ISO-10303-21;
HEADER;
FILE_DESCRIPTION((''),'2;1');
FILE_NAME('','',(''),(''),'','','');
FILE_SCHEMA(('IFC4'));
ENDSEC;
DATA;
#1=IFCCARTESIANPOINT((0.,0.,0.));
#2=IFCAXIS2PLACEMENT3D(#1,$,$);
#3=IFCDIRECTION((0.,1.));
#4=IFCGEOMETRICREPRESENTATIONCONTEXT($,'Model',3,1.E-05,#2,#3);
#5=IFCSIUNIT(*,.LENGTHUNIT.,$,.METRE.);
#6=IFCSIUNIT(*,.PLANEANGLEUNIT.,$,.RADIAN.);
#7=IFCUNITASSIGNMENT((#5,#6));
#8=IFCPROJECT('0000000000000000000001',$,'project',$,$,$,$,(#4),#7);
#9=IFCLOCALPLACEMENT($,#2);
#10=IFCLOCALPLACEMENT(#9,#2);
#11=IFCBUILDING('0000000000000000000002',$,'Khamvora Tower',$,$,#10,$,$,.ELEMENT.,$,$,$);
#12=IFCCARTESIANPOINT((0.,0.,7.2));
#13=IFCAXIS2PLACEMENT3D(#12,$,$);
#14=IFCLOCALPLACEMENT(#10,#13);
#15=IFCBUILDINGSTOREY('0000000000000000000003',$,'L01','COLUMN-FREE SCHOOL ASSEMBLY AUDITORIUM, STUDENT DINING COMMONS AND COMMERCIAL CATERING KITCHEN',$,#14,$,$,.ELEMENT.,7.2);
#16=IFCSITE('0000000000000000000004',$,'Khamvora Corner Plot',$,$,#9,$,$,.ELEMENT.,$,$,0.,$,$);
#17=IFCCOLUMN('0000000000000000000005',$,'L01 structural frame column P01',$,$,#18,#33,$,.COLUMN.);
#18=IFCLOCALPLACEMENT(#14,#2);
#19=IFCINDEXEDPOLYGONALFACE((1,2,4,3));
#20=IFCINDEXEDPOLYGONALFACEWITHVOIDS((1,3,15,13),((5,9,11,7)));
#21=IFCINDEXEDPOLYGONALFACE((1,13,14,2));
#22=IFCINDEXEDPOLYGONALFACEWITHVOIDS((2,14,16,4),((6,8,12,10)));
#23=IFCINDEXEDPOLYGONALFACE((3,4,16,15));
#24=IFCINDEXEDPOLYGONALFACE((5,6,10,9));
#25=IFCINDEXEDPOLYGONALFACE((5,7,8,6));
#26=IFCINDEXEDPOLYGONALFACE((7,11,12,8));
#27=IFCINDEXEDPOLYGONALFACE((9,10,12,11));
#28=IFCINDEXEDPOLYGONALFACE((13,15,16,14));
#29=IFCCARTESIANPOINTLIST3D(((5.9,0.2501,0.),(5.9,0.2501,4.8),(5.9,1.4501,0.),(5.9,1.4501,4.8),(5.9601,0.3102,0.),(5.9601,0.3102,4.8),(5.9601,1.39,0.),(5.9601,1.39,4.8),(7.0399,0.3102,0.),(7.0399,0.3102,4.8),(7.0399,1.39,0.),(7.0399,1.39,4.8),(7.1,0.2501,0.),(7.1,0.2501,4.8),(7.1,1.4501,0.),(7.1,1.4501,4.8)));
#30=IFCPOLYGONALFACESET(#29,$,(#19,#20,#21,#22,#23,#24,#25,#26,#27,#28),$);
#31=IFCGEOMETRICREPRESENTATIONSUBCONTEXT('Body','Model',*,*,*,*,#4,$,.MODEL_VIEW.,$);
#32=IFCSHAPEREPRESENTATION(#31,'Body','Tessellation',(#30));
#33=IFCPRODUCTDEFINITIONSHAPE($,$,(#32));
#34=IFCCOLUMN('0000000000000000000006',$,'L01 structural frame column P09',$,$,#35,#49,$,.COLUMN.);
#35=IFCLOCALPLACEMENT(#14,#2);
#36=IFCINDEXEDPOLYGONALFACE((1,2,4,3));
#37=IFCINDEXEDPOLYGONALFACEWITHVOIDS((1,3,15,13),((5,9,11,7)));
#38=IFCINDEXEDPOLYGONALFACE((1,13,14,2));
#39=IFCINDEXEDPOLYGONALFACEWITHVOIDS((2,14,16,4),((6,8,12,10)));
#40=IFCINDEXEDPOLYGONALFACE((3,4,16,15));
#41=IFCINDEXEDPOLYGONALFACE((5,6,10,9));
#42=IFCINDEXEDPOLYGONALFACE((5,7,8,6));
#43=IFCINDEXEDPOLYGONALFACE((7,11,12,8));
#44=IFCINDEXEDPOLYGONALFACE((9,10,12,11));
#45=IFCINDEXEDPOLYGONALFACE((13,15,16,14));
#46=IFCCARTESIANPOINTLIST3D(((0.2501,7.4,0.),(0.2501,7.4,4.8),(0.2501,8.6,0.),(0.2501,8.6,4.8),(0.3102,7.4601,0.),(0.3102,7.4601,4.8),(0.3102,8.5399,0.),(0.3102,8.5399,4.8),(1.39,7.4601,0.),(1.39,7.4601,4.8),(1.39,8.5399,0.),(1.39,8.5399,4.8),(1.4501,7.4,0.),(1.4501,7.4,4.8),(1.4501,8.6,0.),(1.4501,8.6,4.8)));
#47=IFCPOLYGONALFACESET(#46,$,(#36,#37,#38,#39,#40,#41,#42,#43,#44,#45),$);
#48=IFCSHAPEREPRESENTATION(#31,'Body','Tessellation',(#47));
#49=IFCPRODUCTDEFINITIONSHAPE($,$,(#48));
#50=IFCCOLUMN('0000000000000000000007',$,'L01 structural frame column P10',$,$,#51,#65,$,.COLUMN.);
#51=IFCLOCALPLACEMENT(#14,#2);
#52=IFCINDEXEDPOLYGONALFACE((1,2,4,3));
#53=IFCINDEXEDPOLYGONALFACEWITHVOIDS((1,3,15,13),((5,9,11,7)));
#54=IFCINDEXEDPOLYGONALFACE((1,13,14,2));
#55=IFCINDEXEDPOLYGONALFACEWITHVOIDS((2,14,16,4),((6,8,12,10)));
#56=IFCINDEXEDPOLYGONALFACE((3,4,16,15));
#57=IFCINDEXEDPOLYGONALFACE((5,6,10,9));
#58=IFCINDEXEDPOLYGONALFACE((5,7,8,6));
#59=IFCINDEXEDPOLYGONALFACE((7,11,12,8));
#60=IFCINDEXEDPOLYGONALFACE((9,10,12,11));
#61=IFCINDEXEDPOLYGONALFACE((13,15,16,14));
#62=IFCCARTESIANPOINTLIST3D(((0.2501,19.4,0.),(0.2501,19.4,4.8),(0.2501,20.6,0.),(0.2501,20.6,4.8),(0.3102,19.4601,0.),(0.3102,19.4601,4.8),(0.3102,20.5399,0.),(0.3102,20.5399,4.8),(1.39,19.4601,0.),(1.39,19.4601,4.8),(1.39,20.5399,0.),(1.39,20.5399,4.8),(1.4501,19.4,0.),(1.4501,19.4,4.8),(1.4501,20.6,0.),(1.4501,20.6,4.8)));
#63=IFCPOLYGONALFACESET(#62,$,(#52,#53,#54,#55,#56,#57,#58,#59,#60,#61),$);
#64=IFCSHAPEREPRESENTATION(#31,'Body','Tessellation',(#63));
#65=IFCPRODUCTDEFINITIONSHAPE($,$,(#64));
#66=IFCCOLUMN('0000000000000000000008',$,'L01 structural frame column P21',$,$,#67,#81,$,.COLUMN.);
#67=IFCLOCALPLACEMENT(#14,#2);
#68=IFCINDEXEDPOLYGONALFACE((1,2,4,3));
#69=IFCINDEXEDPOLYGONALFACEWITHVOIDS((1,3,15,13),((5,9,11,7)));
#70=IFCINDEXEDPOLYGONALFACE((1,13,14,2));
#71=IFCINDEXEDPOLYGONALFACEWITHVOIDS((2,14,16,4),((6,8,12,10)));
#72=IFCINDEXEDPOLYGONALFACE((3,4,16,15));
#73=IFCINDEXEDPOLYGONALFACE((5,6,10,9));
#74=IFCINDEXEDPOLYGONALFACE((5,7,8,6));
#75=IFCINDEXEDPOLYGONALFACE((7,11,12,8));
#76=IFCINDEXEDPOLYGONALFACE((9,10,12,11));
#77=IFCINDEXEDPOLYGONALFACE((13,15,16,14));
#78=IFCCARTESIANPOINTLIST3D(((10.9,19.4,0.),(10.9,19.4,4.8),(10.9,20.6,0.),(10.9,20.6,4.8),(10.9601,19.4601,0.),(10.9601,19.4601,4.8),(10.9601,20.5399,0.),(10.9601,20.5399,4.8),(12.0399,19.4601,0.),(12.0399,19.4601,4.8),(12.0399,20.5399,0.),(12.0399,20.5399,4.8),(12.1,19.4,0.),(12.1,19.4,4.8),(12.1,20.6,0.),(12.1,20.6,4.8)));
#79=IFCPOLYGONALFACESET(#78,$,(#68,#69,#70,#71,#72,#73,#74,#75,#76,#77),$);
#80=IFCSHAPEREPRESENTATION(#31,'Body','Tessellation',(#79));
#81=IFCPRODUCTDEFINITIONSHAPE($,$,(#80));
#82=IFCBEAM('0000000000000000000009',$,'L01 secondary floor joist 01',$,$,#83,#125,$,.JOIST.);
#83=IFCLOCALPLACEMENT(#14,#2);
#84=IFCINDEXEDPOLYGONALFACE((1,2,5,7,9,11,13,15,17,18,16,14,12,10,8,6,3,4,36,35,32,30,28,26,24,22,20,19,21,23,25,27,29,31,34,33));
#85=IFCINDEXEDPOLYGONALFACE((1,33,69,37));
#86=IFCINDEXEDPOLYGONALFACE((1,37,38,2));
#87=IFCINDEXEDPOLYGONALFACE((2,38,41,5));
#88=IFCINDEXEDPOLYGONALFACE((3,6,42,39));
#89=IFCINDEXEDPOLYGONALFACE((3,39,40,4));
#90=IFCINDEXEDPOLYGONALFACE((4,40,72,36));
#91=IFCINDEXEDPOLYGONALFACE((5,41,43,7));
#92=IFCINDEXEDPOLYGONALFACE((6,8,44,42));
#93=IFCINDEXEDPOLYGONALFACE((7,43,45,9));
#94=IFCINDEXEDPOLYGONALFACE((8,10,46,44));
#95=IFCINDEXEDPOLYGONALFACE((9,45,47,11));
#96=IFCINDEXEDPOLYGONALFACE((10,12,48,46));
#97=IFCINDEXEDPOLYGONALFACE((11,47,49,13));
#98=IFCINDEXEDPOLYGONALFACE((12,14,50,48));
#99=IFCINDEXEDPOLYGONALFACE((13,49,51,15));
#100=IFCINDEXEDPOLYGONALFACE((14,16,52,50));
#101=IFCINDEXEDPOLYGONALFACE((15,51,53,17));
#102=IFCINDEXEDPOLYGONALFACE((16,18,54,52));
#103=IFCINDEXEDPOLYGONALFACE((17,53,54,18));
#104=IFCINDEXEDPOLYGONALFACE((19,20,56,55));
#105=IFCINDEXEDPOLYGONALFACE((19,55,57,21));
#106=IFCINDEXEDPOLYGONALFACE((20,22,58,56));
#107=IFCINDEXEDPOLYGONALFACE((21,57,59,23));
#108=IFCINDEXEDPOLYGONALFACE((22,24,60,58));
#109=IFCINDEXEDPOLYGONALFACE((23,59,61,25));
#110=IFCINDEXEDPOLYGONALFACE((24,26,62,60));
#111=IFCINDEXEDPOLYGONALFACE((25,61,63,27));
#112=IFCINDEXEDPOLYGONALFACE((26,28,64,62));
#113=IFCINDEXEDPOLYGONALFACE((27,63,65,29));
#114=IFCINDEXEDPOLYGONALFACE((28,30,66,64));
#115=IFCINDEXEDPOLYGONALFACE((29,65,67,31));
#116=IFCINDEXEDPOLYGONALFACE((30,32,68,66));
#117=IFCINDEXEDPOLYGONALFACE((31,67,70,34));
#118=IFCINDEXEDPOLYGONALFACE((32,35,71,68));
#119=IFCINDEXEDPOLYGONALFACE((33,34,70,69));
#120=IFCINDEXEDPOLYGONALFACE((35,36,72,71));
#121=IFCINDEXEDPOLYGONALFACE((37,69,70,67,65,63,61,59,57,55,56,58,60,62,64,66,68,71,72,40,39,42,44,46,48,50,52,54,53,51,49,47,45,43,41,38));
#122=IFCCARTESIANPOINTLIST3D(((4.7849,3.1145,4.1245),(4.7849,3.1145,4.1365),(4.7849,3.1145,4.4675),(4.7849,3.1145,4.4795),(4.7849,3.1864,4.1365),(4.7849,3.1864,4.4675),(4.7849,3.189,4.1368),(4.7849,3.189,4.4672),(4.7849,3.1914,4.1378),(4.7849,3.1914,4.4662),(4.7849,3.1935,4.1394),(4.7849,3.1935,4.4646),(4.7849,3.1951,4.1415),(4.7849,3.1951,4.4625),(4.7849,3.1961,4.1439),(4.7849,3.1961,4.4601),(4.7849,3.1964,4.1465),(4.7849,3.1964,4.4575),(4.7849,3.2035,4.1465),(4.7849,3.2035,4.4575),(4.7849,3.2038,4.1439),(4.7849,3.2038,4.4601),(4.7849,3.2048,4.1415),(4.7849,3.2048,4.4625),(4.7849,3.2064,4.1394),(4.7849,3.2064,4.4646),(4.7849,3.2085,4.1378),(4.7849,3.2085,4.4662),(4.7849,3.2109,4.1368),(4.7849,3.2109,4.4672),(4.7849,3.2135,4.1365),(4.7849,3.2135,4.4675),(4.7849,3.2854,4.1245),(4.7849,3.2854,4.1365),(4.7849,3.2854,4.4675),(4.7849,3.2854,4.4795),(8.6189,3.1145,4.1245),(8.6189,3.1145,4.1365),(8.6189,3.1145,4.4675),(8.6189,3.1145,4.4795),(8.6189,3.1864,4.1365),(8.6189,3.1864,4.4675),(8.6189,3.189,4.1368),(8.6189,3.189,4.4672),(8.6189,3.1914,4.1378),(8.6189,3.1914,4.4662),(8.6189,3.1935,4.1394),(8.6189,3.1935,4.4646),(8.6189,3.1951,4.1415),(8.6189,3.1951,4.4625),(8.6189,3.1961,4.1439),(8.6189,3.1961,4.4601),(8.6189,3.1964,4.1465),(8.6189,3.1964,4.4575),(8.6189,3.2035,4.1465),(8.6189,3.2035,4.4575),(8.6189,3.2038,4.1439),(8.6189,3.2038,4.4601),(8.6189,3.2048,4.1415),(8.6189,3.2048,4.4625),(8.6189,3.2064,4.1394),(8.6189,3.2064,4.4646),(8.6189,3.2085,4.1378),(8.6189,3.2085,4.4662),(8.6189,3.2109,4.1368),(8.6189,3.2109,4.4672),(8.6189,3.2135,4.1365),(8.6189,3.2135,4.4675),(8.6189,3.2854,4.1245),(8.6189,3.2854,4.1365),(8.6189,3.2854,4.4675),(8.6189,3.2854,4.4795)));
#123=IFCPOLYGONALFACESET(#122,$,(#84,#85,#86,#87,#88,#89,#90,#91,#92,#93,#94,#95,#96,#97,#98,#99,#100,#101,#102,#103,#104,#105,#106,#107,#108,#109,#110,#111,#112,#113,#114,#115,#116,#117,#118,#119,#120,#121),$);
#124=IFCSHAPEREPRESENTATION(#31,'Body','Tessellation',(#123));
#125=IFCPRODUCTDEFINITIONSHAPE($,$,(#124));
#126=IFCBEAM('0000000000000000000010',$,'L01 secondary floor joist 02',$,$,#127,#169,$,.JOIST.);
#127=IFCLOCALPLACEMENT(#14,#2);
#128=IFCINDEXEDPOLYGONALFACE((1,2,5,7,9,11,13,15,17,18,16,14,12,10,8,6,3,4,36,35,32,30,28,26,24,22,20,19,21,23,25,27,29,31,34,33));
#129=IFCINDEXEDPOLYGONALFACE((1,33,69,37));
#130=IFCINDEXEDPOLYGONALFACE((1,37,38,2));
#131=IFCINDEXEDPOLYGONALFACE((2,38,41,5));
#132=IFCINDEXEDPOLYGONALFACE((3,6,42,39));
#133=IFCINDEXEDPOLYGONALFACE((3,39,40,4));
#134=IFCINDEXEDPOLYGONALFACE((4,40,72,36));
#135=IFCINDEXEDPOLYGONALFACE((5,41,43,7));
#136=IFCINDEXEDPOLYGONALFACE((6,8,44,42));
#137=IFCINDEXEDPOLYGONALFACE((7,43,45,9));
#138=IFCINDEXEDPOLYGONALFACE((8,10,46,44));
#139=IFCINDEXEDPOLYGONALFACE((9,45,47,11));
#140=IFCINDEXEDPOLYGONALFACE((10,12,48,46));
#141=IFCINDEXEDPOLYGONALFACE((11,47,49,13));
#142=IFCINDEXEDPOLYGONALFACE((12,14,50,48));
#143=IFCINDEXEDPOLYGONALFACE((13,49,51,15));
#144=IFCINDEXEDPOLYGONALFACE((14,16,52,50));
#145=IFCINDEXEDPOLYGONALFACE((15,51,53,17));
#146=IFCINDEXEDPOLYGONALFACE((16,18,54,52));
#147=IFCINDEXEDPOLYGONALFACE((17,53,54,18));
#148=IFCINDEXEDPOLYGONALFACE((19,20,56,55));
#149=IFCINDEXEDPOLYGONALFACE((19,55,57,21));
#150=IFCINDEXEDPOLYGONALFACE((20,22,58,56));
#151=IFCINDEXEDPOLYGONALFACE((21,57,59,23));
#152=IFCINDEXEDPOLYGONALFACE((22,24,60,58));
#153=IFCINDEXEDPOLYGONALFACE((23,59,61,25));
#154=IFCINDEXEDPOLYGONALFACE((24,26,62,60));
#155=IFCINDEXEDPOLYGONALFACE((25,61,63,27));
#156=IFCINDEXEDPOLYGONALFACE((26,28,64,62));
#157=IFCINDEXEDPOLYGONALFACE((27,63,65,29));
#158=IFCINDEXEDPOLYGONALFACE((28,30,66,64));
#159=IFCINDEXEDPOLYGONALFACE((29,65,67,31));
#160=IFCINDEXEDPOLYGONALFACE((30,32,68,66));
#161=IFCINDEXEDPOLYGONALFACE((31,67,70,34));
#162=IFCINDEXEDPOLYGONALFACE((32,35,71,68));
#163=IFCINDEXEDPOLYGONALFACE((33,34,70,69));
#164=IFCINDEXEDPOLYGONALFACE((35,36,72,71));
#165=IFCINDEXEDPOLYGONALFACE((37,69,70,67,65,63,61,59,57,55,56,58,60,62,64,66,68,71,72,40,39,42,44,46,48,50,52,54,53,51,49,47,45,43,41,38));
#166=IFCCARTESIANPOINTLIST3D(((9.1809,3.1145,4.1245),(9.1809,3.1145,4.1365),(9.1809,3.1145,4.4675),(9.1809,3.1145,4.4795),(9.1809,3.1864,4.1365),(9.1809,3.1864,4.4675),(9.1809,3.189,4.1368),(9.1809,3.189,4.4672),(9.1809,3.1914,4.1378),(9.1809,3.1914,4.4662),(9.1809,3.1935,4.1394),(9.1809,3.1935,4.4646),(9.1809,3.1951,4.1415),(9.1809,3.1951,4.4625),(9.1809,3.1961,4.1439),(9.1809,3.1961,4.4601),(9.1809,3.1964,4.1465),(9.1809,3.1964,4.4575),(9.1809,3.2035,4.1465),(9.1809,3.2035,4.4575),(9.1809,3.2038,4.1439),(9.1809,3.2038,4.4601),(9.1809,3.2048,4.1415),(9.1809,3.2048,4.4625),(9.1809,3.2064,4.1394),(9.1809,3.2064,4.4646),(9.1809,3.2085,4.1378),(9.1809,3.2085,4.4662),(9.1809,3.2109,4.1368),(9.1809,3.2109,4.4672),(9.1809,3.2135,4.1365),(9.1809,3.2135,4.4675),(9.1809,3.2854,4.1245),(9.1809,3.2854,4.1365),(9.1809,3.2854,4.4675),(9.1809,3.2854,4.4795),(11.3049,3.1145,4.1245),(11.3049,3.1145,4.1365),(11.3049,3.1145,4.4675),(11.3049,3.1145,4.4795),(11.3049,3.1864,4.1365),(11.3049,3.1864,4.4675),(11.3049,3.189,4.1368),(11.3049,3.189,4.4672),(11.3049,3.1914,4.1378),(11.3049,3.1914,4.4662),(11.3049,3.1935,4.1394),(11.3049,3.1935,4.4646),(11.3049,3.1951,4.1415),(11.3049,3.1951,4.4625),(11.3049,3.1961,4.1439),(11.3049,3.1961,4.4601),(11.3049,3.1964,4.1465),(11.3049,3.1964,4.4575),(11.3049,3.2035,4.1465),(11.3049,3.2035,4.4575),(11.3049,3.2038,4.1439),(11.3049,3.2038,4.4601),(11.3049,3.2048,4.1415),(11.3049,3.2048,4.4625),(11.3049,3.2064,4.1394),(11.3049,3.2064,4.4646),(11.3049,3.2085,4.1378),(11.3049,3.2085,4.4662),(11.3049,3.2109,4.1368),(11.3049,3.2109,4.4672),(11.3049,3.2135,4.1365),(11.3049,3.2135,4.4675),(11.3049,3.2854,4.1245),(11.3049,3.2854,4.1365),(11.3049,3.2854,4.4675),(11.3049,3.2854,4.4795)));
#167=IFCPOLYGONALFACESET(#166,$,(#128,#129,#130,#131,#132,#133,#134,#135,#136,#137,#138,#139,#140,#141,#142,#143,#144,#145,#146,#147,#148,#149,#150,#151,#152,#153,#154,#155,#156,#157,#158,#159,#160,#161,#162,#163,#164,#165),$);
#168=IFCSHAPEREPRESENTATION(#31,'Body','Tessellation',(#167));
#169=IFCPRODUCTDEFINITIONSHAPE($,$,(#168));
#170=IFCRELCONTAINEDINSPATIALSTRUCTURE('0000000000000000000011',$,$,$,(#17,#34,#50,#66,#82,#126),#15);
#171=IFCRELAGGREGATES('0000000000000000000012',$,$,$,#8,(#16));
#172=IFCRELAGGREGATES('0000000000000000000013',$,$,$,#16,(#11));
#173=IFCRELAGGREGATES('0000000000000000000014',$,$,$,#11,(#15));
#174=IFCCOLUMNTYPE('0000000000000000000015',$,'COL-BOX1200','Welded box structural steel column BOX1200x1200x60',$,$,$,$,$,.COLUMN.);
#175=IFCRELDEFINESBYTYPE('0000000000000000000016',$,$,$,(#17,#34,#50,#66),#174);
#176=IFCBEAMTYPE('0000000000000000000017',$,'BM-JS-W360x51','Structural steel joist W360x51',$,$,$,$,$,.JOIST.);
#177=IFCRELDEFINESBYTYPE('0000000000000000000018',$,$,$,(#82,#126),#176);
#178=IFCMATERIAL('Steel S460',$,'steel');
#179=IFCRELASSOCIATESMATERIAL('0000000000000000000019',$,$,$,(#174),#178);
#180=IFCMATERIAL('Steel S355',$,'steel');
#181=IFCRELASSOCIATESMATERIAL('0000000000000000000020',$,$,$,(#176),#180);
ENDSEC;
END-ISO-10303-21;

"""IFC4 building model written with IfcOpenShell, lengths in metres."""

from ifc_helpers import new_model, si_unit, direction, frame, origin, origin_2d, place, context, subcontext, project, spatial, hollow_rectangle, i_section, extrude, material, material_profile, profile_set, type_object, element, save


model = new_model("IFC4")

# Units and contexts
model_context = context("Model", 3, precision=1e-05, world=origin(), true_north=direction((0.0, 1.0)))
body_context = subcontext(model_context, "Body", "Model", "MODEL_VIEW")
ifc_project = project(units=[si_unit("LENGTHUNIT", "METRE"), si_unit("PLANEANGLEUNIT", "RADIAN")], contexts=[model_context])

# Site, building, storey
site_placement = place(None, origin())
site = spatial("IfcSite", under=ifc_project, at=site_placement, Name="Khamvora Corner Plot", CompositionType="ELEMENT", RefElevation=0.0)
building_placement = place(site_placement, origin())
building = spatial("IfcBuilding", under=site, at=building_placement, Name="Khamvora Tower", CompositionType="ELEMENT")
storey_placement = place(building_placement, frame((0.0, 0.0, 7.2)))
storey = spatial("IfcBuildingStorey", under=building, at=storey_placement, Name="L01", Description="COLUMN-FREE SCHOOL ASSEMBLY AUDITORIUM, STUDENT DINING COMMONS AND COMMERCIAL CATERING KITCHEN", CompositionType="ELEMENT", Elevation=7.2)

# Columns
ifc_material_1 = material(Name="Steel S460", Category="steel")
ifc_material_profile_1 = material_profile(ifc_material_1, hollow_rectangle(XDim=1.2, YDim=1.2, WallThickness=0.0601, at=origin_2d()), Name="BOX1200x1200x60")
ifc_profile_set_1 = profile_set([ifc_material_profile_1], Name="Steel S460")
column_type = type_object("IfcColumnType", Name="COL-BOX1200", Description="Welded box structural steel column BOX1200x1200x60", PredefinedType="COLUMN", material=ifc_profile_set_1)
for number, where, z_axis, x_axis, name in (
    (1, (6.5, 0.8501, 0.0), (0.0, 0.0, 1.0), (1.0, 0.0, 0.0), "L01 structural frame column P01"),
    (2, (0.8501, 8.0, 0.0), (0.0, 0.0, 1.0), (1.0, 0.0, 0.0), "L01 structural frame column P09"),
    (3, (0.8501, 20.0, 0.0), (0.0, 0.0, 1.0), (1.0, 0.0, 0.0), "L01 structural frame column P10"),
    (4, (11.5, 20.0, 0.0), (0.0, 0.0, 1.0), (1.0, 0.0, 0.0), "L01 structural frame column P21"),
):
    element("IfcColumn", number, at=place(storey_placement, frame(where, z_axis=z_axis, x_axis=x_axis)), inside=storey, type_object=column_type, Name=name, PredefinedType="COLUMN", context=body_context, shape_type="SweptSolid", body=[
        extrude(hollow_rectangle(XDim=1.2, YDim=1.2, WallThickness=0.0601, at=origin_2d()), origin(), (0.0, 0.0, 1.0), 4.8),
    ])

# Beams
ifc_material_2 = material(Name="Steel S355", Category="steel")
ifc_material_profile_2 = material_profile(ifc_material_2, i_section(OverallWidth=0.1709, OverallDepth=0.355, WebThickness=0.0071, FlangeThickness=0.012, FilletRadius=0.01, at=origin_2d()), Name="W360x51")
ifc_profile_set_2 = profile_set([ifc_material_profile_2], Name="Steel S355")
beam_type_1 = type_object("IfcBeamType", Name="BM-JS-W360x51", Description="Structural steel joist W360x51", PredefinedType="JOIST", material=ifc_profile_set_2)
beam_1_placement = place(storey_placement, frame((4.7849, 3.2, 4.302), z_axis=(1.0, 0.0, 0.0), x_axis=(0.0, 1.0, 0.0)))
element("IfcBeam", 5, at=beam_1_placement, inside=storey, type_object=beam_type_1, Name="L01 secondary floor joist 01", PredefinedType="JOIST", context=body_context, shape_type="SweptSolid", body=[
    extrude(i_section(OverallWidth=0.1709, OverallDepth=0.355, WebThickness=0.0071, FlangeThickness=0.012, FilletRadius=0.01, at=origin_2d()), origin(), (0.0, 0.0, 1.0), 3.834),
])
beam_2_placement = place(storey_placement, frame((9.1809, 3.2, 4.302), z_axis=(1.0, 0.0, 0.0), x_axis=(0.0, 1.0, 0.0)))
element("IfcBeam", 6, at=beam_2_placement, inside=storey, type_object=beam_type_1, Name="L01 secondary floor joist 02", PredefinedType="JOIST", context=body_context, shape_type="SweptSolid", body=[
    extrude(i_section(OverallWidth=0.1709, OverallDepth=0.355, WebThickness=0.0071, FlangeThickness=0.012, FilletRadius=0.01, at=origin_2d()), origin(), (0.0, 0.0, 1.0), 2.124),
])

save(model, "model.ifc")
